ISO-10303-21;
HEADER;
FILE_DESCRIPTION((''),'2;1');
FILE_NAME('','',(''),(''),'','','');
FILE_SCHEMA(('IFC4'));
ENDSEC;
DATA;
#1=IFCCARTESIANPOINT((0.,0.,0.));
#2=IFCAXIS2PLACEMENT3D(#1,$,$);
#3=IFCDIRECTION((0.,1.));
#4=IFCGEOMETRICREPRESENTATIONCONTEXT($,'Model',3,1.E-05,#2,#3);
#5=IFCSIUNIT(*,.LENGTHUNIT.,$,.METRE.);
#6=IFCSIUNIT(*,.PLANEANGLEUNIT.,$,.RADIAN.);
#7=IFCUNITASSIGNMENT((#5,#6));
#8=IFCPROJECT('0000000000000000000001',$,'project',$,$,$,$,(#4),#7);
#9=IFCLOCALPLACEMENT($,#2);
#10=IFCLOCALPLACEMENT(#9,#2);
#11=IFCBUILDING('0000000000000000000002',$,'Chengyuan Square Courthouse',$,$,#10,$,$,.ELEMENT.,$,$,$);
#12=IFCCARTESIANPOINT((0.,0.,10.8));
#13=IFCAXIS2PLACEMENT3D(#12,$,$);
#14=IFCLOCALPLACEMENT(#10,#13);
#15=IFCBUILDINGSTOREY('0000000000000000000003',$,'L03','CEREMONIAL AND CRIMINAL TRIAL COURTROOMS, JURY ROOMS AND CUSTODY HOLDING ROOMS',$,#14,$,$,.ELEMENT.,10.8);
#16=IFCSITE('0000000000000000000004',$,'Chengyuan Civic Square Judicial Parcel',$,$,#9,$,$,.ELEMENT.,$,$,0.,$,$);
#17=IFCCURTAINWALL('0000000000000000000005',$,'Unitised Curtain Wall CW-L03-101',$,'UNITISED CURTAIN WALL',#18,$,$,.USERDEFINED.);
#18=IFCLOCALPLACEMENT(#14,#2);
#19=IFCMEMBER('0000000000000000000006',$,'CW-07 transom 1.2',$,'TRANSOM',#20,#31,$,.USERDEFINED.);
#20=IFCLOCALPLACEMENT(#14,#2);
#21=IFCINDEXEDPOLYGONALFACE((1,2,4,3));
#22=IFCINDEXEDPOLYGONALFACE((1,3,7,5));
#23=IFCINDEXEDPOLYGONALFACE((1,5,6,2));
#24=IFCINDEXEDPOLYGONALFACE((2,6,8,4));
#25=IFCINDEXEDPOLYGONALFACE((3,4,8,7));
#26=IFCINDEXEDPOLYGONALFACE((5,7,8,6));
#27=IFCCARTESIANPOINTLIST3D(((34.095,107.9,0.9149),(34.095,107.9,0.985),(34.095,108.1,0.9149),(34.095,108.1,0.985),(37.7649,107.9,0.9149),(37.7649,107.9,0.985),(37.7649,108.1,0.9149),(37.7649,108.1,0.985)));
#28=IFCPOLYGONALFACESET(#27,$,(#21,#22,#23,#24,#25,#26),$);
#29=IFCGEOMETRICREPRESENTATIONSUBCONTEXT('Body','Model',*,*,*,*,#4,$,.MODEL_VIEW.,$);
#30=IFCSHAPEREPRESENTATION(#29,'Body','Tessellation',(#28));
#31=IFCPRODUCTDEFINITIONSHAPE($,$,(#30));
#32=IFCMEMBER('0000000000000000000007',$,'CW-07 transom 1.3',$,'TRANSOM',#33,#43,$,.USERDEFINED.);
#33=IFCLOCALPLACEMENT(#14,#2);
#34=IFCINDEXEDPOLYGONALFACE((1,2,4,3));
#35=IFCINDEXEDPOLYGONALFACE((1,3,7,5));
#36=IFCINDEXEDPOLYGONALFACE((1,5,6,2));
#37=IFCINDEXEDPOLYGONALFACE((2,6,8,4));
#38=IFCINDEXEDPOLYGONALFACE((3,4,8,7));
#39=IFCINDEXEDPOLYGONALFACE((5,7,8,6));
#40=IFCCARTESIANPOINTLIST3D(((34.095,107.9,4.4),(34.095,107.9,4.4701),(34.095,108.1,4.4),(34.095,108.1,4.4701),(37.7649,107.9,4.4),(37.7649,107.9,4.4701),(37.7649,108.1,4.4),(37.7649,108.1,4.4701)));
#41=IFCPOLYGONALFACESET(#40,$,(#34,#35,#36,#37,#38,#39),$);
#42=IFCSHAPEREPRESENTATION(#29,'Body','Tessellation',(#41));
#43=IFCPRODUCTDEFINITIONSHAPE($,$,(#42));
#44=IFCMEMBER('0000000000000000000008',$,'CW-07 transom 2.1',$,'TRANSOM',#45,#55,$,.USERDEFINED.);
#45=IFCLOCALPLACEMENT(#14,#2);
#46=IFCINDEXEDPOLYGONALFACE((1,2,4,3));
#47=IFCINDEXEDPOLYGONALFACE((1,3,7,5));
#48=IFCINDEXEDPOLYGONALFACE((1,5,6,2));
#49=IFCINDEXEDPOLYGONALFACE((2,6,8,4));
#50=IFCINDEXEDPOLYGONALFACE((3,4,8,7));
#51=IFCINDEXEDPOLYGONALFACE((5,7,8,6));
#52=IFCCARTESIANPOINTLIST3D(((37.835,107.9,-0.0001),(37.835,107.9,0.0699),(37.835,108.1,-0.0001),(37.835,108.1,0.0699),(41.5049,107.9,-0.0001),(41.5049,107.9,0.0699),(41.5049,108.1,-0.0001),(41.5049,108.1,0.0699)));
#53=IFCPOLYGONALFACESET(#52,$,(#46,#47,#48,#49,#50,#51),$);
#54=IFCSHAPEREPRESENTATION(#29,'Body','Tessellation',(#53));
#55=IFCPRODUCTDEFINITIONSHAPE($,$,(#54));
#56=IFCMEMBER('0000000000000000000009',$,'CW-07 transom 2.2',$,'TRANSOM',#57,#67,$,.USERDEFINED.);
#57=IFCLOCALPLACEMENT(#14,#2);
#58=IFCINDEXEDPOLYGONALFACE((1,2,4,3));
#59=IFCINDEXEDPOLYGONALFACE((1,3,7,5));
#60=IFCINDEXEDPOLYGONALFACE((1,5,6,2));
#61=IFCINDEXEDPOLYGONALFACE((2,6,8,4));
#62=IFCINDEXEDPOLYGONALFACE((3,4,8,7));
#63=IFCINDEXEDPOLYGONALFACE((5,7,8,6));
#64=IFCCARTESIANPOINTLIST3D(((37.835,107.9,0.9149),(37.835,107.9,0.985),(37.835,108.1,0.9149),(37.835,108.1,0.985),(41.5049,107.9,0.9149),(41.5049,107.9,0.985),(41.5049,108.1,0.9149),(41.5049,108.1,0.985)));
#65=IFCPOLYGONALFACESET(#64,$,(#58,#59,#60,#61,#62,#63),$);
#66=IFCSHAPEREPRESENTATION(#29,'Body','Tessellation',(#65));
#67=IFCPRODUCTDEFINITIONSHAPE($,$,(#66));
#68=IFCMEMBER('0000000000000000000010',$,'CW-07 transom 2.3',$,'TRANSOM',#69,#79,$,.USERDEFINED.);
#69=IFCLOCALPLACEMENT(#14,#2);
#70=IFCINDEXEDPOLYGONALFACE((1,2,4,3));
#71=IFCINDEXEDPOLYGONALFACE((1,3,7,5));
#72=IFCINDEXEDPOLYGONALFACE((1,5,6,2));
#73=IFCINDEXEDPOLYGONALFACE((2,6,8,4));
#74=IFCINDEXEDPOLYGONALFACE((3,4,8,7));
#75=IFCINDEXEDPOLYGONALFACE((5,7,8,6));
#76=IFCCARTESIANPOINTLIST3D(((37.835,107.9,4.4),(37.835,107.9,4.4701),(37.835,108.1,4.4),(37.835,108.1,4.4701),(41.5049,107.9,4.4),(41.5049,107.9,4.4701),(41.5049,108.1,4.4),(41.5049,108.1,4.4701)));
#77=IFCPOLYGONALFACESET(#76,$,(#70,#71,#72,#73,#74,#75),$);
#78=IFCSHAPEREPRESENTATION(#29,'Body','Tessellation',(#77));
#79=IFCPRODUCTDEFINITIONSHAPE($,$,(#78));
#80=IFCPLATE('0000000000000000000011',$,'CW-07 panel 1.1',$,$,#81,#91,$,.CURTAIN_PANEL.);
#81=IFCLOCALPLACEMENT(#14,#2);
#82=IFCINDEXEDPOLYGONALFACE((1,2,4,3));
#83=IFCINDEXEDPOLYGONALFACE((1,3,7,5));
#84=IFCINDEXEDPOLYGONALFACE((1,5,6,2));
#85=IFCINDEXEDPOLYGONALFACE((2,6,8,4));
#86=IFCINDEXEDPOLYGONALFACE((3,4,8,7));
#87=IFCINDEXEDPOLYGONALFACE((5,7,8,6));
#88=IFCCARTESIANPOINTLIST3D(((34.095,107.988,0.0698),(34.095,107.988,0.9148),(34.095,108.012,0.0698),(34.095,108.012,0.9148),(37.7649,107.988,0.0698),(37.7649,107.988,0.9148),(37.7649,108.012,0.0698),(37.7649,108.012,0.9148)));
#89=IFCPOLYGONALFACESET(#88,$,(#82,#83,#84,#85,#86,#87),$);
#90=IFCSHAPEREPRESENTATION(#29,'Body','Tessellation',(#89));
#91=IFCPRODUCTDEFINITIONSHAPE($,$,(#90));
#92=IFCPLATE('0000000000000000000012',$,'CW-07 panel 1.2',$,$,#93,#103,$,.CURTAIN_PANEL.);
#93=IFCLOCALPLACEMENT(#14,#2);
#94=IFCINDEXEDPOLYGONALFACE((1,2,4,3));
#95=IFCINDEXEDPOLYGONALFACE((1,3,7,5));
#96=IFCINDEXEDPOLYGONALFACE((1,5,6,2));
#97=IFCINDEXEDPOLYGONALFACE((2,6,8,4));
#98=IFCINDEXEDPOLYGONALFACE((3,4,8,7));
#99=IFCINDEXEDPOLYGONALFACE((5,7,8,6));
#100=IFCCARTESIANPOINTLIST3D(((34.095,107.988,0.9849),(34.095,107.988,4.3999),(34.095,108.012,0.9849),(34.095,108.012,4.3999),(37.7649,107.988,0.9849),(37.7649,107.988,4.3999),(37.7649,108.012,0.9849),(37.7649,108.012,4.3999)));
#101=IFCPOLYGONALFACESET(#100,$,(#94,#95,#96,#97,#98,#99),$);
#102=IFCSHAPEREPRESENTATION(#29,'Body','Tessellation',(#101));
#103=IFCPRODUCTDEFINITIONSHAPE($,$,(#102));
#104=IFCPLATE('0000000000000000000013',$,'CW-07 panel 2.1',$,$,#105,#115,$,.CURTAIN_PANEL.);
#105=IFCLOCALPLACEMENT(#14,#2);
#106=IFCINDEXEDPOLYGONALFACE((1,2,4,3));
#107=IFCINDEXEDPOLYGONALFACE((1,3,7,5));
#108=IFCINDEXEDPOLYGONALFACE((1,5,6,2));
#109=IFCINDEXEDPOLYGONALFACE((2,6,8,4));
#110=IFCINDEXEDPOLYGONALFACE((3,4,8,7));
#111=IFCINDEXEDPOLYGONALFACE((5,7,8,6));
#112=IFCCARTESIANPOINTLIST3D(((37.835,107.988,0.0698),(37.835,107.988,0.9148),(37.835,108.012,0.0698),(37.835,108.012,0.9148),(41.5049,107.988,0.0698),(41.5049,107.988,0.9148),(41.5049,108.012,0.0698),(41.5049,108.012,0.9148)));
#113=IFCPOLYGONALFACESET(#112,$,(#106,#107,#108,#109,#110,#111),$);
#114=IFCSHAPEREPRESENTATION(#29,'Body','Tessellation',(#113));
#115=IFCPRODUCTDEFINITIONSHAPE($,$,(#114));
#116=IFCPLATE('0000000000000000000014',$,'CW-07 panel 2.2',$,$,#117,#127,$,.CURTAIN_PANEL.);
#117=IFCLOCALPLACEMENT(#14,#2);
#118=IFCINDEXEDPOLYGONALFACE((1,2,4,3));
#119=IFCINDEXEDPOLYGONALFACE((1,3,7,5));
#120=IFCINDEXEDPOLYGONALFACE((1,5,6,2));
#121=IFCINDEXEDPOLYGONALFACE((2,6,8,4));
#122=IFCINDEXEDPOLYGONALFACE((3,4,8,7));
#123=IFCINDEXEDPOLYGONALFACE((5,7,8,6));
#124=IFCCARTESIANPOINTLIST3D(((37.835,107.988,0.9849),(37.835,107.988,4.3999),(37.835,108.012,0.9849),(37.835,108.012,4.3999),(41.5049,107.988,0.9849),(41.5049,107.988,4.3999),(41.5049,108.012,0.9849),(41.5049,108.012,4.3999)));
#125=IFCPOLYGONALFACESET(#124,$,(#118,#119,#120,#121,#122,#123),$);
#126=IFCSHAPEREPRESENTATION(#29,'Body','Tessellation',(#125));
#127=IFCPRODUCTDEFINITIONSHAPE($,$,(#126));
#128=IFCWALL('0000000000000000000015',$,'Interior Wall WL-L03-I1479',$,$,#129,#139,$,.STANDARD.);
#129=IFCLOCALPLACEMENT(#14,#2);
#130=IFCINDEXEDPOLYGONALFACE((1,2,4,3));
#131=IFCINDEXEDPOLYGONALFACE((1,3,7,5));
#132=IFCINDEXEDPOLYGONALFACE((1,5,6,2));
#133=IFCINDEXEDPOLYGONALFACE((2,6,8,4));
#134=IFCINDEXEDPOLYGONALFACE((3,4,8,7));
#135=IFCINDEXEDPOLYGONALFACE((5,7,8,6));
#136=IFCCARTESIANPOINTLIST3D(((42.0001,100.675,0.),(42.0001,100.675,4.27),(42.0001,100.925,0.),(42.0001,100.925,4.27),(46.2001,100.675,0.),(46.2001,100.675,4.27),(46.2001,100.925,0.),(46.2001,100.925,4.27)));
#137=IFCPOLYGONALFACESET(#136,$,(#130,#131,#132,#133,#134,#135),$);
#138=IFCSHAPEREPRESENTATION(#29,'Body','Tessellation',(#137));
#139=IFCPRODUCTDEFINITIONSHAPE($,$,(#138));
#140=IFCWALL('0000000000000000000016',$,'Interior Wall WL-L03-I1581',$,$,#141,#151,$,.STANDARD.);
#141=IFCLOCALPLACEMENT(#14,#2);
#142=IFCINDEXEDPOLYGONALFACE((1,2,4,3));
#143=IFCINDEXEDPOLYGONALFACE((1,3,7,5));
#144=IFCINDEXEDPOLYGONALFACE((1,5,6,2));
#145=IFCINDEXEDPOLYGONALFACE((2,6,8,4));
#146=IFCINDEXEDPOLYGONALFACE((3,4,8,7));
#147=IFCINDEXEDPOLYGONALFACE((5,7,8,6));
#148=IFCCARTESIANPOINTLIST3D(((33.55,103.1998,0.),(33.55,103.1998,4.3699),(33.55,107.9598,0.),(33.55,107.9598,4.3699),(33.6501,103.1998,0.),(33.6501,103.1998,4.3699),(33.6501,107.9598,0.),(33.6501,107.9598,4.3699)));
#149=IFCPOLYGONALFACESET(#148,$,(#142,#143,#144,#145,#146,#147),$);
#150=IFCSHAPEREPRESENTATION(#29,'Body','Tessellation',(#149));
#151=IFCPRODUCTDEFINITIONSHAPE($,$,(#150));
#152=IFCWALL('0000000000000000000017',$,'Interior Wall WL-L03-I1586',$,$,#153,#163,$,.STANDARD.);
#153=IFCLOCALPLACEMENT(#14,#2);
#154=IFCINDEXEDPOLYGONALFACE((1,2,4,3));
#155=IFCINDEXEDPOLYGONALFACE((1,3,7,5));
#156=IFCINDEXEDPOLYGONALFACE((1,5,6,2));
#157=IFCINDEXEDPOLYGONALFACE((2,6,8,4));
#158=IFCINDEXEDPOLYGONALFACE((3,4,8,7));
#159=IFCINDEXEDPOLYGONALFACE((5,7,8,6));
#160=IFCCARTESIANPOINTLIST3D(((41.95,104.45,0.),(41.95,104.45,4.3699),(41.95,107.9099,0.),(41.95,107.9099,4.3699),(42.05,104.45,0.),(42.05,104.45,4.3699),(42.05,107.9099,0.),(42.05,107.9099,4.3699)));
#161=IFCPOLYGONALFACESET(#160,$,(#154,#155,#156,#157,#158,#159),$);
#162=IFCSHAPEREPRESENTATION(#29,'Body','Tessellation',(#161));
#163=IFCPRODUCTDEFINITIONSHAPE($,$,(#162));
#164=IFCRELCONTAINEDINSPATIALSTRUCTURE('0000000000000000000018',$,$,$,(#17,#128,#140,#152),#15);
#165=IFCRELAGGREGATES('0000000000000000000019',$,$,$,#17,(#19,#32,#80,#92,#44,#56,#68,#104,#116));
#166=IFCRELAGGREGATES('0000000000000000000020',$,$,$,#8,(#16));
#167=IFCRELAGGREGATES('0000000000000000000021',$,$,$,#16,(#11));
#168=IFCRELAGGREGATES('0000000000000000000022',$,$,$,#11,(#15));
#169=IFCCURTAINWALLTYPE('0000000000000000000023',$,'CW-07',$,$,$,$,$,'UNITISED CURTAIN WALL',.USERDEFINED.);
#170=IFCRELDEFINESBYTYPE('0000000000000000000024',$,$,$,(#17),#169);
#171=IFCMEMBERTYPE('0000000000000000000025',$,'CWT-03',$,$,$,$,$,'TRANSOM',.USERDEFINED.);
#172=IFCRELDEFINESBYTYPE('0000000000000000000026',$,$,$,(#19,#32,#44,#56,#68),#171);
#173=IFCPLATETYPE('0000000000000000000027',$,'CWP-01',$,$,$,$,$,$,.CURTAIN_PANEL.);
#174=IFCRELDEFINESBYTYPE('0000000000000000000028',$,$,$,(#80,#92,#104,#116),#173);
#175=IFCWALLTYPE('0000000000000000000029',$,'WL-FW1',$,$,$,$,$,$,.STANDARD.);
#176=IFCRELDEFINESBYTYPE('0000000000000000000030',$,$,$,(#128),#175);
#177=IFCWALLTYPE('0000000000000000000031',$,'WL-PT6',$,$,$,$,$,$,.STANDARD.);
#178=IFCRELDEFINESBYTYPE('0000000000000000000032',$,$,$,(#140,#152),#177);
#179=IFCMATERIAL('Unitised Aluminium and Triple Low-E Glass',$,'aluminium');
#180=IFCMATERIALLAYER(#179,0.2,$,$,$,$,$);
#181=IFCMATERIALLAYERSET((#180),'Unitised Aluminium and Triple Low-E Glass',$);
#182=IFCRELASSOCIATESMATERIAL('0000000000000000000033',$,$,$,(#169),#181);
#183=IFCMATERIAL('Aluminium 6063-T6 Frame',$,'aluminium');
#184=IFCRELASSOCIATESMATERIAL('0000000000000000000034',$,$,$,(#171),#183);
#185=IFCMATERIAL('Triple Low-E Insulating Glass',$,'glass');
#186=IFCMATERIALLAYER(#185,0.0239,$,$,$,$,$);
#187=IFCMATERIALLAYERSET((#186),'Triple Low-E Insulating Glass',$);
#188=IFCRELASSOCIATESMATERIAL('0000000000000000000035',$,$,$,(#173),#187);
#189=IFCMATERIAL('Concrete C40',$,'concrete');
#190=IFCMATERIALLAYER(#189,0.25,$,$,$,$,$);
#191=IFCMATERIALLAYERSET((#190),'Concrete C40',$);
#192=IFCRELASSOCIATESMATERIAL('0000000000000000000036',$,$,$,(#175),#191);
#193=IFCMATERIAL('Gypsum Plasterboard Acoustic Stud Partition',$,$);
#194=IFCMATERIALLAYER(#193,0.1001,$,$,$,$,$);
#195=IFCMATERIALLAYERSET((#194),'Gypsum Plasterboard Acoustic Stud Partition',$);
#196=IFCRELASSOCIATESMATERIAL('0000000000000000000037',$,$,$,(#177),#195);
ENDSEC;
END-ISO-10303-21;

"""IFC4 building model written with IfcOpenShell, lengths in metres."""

from ifc_helpers import new_model, si_unit, direction, frame, frame_2d, origin, origin_2d, place, context, subcontext, project, spatial, rectangle, extrude, material, layer, layer_set, material_profile, profile_set, type_object, element, aggregate, save


model = new_model("IFC4")

# Units and contexts
model_context = context("Model", 3, precision=1e-05, world=origin(), true_north=direction((0.0, 1.0)))
body_context = subcontext(model_context, "Body", "Model", "MODEL_VIEW")
ifc_project = project(units=[si_unit("LENGTHUNIT", "METRE"), si_unit("PLANEANGLEUNIT", "RADIAN")], contexts=[model_context])

# Site, building, storey
site_placement = place(None, origin())
site = spatial("IfcSite", under=ifc_project, at=site_placement, Name="Chengyuan Civic Square Judicial Parcel", CompositionType="ELEMENT", RefElevation=0.0)
building_placement = place(site_placement, origin())
building = spatial("IfcBuilding", under=site, at=building_placement, Name="Chengyuan Square Courthouse", CompositionType="ELEMENT")
storey_placement = place(building_placement, frame((0.0, 0.0, 10.8)))
storey = spatial("IfcBuildingStorey", under=building, at=storey_placement, Name="L03", Description="CEREMONIAL AND CRIMINAL TRIAL COURTROOMS, JURY ROOMS AND CUSTODY HOLDING ROOMS", CompositionType="ELEMENT", Elevation=10.8)

# Shared definitions
ifc_material_1 = material(Name="Concrete C40", Category="concrete")

# Curtain wall, members, plates
ifc_material_2 = material(Name="Unitised Aluminium and Triple Low-E Glass", Category="aluminium")
ifc_layer_1 = layer(ifc_material_2, 0.2)
ifc_layer_set_1 = layer_set([ifc_layer_1], Name="Unitised Aluminium and Triple Low-E Glass")
curtain_wall_type = type_object("IfcCurtainWallType", Name="CW-07", ElementType="UNITISED CURTAIN WALL", PredefinedType="USERDEFINED", material=ifc_layer_set_1)
curtain_wall_placement = place(storey_placement, origin())
curtain_wall = element("IfcCurtainWall", 1, at=curtain_wall_placement, inside=storey, type_object=curtain_wall_type, Name="Unitised Curtain Wall CW-L03-101", ObjectType="UNITISED CURTAIN WALL", PredefinedType="USERDEFINED")
ifc_material_3 = material(Name="Aluminium 6063-T6 Frame", Category="aluminium")
ifc_material_profile_1 = material_profile(ifc_material_3, rectangle(XDim=0.2, YDim=0.0701, at=origin_2d()), Name="CW-TRN-70x160")
ifc_profile_set_1 = profile_set([ifc_material_profile_1], Name="Aluminium 6063-T6 Frame")
member_type_1 = type_object("IfcMemberType", Name="CWT-03", ElementType="TRANSOM", PredefinedType="USERDEFINED", material=ifc_profile_set_1)
member_1_placement = place(storey_placement, frame((34.095, 108.0, 0.95), z_axis=(1.0, 0.0, 0.0), x_axis=(0.0, 1.0, 0.0)))
member_1 = element("IfcMember", 2, at=member_1_placement, type_object=member_type_1, Name="CW-07 transom 1.2", ObjectType="TRANSOM", PredefinedType="USERDEFINED", context=body_context, shape_type="SweptSolid", body=[
    extrude(rectangle(XDim=0.2, YDim=0.0701, at=origin_2d()), origin(), (0.0, 0.0, 1.0), 3.6699),
])
member_2_placement = place(storey_placement, frame((34.095, 108.0, 4.4351), z_axis=(1.0, 0.0, 0.0), x_axis=(0.0, 1.0, 0.0)))
member_2 = element("IfcMember", 3, at=member_2_placement, type_object=member_type_1, Name="CW-07 transom 1.3", ObjectType="TRANSOM", PredefinedType="USERDEFINED", context=body_context, shape_type="SweptSolid", body=[
    extrude(rectangle(XDim=0.2, YDim=0.0701, at=origin_2d()), origin(), (0.0, 0.0, 1.0), 3.6699),
])
member_3_placement = place(storey_placement, frame((37.835, 108.0, 0.0349), z_axis=(1.0, 0.0, 0.0), x_axis=(0.0, 1.0, 0.0)))
member_3 = element("IfcMember", 4, at=member_3_placement, type_object=member_type_1, Name="CW-07 transom 2.1", ObjectType="TRANSOM", PredefinedType="USERDEFINED", context=body_context, shape_type="SweptSolid", body=[
    extrude(rectangle(XDim=0.2, YDim=0.0701, at=origin_2d()), origin(), (0.0, 0.0, 1.0), 3.6699),
])
member_4_placement = place(storey_placement, frame((37.835, 108.0, 0.95), z_axis=(1.0, 0.0, 0.0), x_axis=(0.0, 1.0, 0.0)))
member_4 = element("IfcMember", 5, at=member_4_placement, type_object=member_type_1, Name="CW-07 transom 2.2", ObjectType="TRANSOM", PredefinedType="USERDEFINED", context=body_context, shape_type="SweptSolid", body=[
    extrude(rectangle(XDim=0.2, YDim=0.0701, at=origin_2d()), origin(), (0.0, 0.0, 1.0), 3.6699),
])
member_5_placement = place(storey_placement, frame((37.835, 108.0, 4.4351), z_axis=(1.0, 0.0, 0.0), x_axis=(0.0, 1.0, 0.0)))
member_5 = element("IfcMember", 6, at=member_5_placement, type_object=member_type_1, Name="CW-07 transom 2.3", ObjectType="TRANSOM", PredefinedType="USERDEFINED", context=body_context, shape_type="SweptSolid", body=[
    extrude(rectangle(XDim=0.2, YDim=0.0701, at=origin_2d()), origin(), (0.0, 0.0, 1.0), 3.6699),
])
ifc_material_4 = material(Name="Triple Low-E Insulating Glass", Category="glass")
ifc_layer_2 = layer(ifc_material_4, 0.0239)
ifc_layer_set_2 = layer_set([ifc_layer_2], Name="Triple Low-E Insulating Glass")
plate_type = type_object("IfcPlateType", Name="CWP-01", PredefinedType="CURTAIN_PANEL", material=ifc_layer_set_2)
plate_1_placement = place(storey_placement, frame((35.9299, 108.0, 0.0698), z_axis=(0.0, 0.0, 1.0), x_axis=(1.0, 0.0, 0.0)))
plate_1 = element("IfcPlate", 7, at=plate_1_placement, type_object=plate_type, Name="CW-07 panel 1.1", PredefinedType="CURTAIN_PANEL", context=body_context, shape_type="SweptSolid", body=[
    extrude(rectangle(XDim=3.6699, YDim=0.0239, at=origin_2d()), origin(), (0.0, 0.0, 1.0), 0.845),
])
plate_2_placement = place(storey_placement, frame((35.9299, 108.0, 0.9849), z_axis=(0.0, 0.0, 1.0), x_axis=(1.0, 0.0, 0.0)))
plate_2 = element("IfcPlate", 8, at=plate_2_placement, type_object=plate_type, Name="CW-07 panel 1.2", PredefinedType="CURTAIN_PANEL", context=body_context, shape_type="SweptSolid", body=[
    extrude(rectangle(XDim=3.6699, YDim=0.0239, at=origin_2d()), origin(), (0.0, 0.0, 1.0), 3.415),
])
plate_3_placement = place(storey_placement, frame((39.6699, 108.0, 0.0698), z_axis=(0.0, 0.0, 1.0), x_axis=(1.0, 0.0, 0.0)))
plate_3 = element("IfcPlate", 9, at=plate_3_placement, type_object=plate_type, Name="CW-07 panel 2.1", PredefinedType="CURTAIN_PANEL", context=body_context, shape_type="SweptSolid", body=[
    extrude(rectangle(XDim=3.6699, YDim=0.0239, at=origin_2d()), origin(), (0.0, 0.0, 1.0), 0.845),
])
plate_4_placement = place(storey_placement, frame((39.6699, 108.0, 0.9849), z_axis=(0.0, 0.0, 1.0), x_axis=(1.0, 0.0, 0.0)))
plate_4 = element("IfcPlate", 10, at=plate_4_placement, type_object=plate_type, Name="CW-07 panel 2.2", PredefinedType="CURTAIN_PANEL", context=body_context, shape_type="SweptSolid", body=[
    extrude(rectangle(XDim=3.6699, YDim=0.0239, at=origin_2d()), origin(), (0.0, 0.0, 1.0), 3.415),
])
aggregate(curtain_wall, [member_1, member_2, plate_1, plate_2, member_3, member_4, member_5, plate_3, plate_4])

# Wall
ifc_layer_3 = layer(ifc_material_1, 0.25)
ifc_layer_set_3 = layer_set([ifc_layer_3], Name="Concrete C40")
wall_type_1 = type_object("IfcWallType", Name="WL-FW1", PredefinedType="STANDARD", material=ifc_layer_set_3)
wall_1_placement = place(storey_placement, frame((42.0, 100.8, 0.0), z_axis=(0.0, 0.0, 1.0), x_axis=(1.0, 0.0, 0.0)))
element("IfcWall", 11, at=wall_1_placement, inside=storey, type_object=wall_type_1, Name="Interior Wall WL-L03-I1479", PredefinedType="STANDARD", context=body_context, shape_type="SweptSolid", body=[
    extrude(rectangle(XDim=4.2, YDim=0.25, at=frame_2d((2.1001, 0.0))), origin(), (0.0, 0.0, 1.0), 4.27),
])

# Walls
ifc_material_5 = material(Name="Gypsum Plasterboard Acoustic Stud Partition")
ifc_layer_4 = layer(ifc_material_5, 0.1001)
ifc_layer_set_4 = layer_set([ifc_layer_4], Name="Gypsum Plasterboard Acoustic Stud Partition")
wall_type_2 = type_object("IfcWallType", Name="WL-PT6", PredefinedType="STANDARD", material=ifc_layer_set_4)
wall_2_placement = place(storey_placement, frame((33.6001, 103.2, 0.0), z_axis=(0.0, 0.0, 1.0), x_axis=(0.0, 1.0, 0.0)))
element("IfcWall", 12, at=wall_2_placement, inside=storey, type_object=wall_type_2, Name="Interior Wall WL-L03-I1581", PredefinedType="STANDARD", context=body_context, shape_type="SweptSolid", body=[
    extrude(rectangle(XDim=4.76, YDim=0.1001, at=frame_2d((2.3799, 0.0))), origin(), (0.0, 0.0, 1.0), 4.3699),
])
wall_3_placement = place(storey_placement, frame((42.0, 104.45, 0.0), z_axis=(0.0, 0.0, 1.0), x_axis=(0.0, 1.0, 0.0)))
element("IfcWall", 13, at=wall_3_placement, inside=storey, type_object=wall_type_2, Name="Interior Wall WL-L03-I1586", PredefinedType="STANDARD", context=body_context, shape_type="SweptSolid", body=[
    extrude(rectangle(XDim=3.46, YDim=0.1001, at=frame_2d((1.73, 0.0))), origin(), (0.0, 0.0, 1.0), 4.3699),
])

save(model, "model.ifc")
